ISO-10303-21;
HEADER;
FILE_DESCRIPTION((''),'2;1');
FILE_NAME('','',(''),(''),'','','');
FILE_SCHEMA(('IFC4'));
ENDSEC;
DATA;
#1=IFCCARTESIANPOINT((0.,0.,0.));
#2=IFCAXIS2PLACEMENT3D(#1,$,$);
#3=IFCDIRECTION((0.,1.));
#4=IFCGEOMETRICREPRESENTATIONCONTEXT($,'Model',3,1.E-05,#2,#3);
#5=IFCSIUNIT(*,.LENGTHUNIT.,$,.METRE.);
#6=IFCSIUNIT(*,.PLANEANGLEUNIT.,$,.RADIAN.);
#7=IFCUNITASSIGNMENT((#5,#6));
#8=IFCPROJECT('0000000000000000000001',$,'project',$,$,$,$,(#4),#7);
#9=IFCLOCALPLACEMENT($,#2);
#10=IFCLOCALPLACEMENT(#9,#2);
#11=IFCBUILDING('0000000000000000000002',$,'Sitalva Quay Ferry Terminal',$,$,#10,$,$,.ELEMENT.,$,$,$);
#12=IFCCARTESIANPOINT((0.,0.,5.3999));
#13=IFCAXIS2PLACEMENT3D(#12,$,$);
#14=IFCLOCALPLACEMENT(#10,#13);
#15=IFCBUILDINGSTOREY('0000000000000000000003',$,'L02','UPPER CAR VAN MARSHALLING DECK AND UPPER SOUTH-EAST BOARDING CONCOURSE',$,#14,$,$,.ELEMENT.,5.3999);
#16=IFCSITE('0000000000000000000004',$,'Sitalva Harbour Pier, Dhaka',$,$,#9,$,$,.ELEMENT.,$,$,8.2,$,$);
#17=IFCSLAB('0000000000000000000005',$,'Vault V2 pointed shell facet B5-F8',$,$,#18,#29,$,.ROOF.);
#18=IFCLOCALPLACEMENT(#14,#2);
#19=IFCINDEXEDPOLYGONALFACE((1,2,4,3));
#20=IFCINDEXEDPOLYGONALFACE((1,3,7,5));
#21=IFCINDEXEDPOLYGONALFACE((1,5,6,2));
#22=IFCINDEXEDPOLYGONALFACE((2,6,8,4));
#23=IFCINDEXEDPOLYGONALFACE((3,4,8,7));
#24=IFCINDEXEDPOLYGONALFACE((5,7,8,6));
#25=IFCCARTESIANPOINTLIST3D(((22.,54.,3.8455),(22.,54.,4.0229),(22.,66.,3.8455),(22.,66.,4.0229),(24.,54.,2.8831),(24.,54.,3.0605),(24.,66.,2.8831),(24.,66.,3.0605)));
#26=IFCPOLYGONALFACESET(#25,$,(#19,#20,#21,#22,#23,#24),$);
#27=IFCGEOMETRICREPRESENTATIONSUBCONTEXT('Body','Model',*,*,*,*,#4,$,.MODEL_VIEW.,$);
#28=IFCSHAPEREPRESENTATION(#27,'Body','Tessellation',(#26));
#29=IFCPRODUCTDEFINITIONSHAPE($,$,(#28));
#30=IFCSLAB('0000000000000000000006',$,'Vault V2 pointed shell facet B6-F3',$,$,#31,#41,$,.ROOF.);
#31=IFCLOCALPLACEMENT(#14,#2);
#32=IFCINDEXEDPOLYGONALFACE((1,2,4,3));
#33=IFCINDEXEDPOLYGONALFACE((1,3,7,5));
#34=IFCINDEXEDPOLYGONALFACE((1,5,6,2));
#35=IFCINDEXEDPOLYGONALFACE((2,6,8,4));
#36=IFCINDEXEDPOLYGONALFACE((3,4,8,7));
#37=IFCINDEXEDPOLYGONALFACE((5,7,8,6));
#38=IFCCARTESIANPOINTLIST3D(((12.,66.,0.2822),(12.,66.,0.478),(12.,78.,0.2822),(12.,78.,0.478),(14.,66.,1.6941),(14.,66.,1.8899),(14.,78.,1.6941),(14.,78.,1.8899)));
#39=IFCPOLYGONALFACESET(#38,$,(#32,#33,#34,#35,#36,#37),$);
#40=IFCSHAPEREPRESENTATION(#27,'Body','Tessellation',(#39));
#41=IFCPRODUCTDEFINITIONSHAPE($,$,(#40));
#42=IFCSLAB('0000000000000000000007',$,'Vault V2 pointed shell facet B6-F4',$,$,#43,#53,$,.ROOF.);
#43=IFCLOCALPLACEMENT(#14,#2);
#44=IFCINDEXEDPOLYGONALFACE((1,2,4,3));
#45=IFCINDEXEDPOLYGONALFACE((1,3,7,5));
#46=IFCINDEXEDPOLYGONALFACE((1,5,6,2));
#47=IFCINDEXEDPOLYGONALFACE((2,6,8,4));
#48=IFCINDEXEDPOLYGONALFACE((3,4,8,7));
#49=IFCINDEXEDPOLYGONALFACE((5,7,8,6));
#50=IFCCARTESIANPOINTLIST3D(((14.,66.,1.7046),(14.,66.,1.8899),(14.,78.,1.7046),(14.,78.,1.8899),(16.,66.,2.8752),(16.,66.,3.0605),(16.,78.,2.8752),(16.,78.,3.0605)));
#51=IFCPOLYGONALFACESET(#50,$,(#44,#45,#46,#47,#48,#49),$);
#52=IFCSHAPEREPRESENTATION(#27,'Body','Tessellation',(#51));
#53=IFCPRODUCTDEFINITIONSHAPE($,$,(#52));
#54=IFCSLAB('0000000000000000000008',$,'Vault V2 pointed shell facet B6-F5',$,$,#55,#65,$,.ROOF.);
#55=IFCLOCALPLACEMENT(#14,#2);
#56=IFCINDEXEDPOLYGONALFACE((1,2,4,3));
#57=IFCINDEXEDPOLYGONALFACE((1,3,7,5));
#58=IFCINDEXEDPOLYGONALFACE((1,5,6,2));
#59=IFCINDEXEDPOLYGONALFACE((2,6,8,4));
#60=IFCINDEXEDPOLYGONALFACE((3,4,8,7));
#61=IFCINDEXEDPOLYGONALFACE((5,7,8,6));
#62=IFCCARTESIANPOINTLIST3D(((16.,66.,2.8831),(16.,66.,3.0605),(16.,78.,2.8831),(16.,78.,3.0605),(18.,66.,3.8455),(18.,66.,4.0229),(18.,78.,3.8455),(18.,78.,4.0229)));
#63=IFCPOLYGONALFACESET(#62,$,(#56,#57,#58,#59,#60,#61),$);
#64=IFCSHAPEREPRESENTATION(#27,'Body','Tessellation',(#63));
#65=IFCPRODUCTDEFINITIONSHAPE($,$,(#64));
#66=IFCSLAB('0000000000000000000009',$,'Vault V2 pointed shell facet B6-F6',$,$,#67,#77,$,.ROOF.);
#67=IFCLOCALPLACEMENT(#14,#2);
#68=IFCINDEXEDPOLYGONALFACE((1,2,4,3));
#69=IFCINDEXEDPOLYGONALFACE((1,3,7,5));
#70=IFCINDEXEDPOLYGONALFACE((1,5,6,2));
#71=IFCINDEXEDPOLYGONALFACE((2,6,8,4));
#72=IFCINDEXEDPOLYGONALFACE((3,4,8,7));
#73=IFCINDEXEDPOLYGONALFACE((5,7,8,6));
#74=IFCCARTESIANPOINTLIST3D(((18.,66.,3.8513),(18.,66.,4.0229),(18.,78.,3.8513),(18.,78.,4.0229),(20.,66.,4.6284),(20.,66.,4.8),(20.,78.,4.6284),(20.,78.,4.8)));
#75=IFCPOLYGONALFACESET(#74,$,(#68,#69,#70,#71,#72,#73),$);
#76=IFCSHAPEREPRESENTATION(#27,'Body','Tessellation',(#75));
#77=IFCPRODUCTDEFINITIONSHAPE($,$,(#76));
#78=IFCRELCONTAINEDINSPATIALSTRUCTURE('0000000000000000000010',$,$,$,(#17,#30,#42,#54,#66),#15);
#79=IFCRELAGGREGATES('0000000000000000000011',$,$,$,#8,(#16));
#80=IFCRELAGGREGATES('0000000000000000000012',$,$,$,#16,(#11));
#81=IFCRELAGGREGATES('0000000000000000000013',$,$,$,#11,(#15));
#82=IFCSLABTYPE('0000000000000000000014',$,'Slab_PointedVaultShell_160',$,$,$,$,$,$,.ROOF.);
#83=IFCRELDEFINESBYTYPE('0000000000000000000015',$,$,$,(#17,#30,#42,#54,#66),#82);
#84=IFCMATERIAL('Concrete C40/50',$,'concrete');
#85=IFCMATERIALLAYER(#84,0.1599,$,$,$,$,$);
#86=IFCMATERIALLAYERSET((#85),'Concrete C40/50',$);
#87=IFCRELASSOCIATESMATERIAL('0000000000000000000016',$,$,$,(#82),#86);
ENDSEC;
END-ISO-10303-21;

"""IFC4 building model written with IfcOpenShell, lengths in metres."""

from ifc_helpers import new_model, si_unit, direction, frame, origin, place, context, subcontext, project, spatial, polyline, outline, extrude, material, layer, layer_set, type_object, element, save


model = new_model("IFC4")

# Units and contexts
model_context = context("Model", 3, precision=1e-05, world=origin(), true_north=direction((0.0, 1.0)))
body_context = subcontext(model_context, "Body", "Model", "MODEL_VIEW")
ifc_project = project(units=[si_unit("LENGTHUNIT", "METRE"), si_unit("PLANEANGLEUNIT", "RADIAN")], contexts=[model_context])

# Site, building, storey
site_placement = place(None, origin())
site = spatial("IfcSite", under=ifc_project, at=site_placement, Name="Sitalva Harbour Pier, Dhaka", CompositionType="ELEMENT", RefElevation=8.2)
building_placement = place(site_placement, origin())
building = spatial("IfcBuilding", under=site, at=building_placement, Name="Sitalva Quay Ferry Terminal", CompositionType="ELEMENT")
storey_placement = place(building_placement, frame((0.0, 0.0, 5.3999)))
storey = spatial("IfcBuildingStorey", under=building, at=storey_placement, Name="L02", Description="UPPER CAR VAN MARSHALLING DECK AND UPPER SOUTH-EAST BOARDING CONCOURSE", CompositionType="ELEMENT", Elevation=5.3999)

# Slabs
ifc_material_1 = material(Name="Concrete C40/50", Category="concrete")
ifc_layer_1 = layer(ifc_material_1, 0.1599)
ifc_layer_set_1 = layer_set([ifc_layer_1], Name="Concrete C40/50")
slab_type = type_object("IfcSlabType", Name="Slab_PointedVaultShell_160", PredefinedType="ROOF", material=ifc_layer_set_1)
slab_1_placement = place(storey_placement, frame((22.0, 54.0, 4.0229), z_axis=(0.433611, 0.0, 0.9011), x_axis=(0.9011, 0.0, -0.433611)))
element("IfcSlab", 1, at=slab_1_placement, inside=storey, type_object=slab_type, Name="Vault V2 pointed shell facet B5-F8", PredefinedType="ROOF", context=body_context, shape_type="SweptSolid", body=[
    extrude(outline(polyline([(0.0, 0.0), (2.2195, 0.0), (2.2195, 12.0), (0.0, 12.0), (0.0, 0.0)])), origin(), (0.433611, 0.0, -0.9011), 0.1775),
])
slab_2_placement = place(storey_placement, frame((12.0, 66.0, 0.478), z_axis=(-0.576711, 0.0, 0.816949), x_axis=(0.816949, 0.0, 0.576711)))
element("IfcSlab", 2, at=slab_2_placement, inside=storey, type_object=slab_type, Name="Vault V2 pointed shell facet B6-F3", PredefinedType="ROOF", context=body_context, shape_type="SweptSolid", body=[
    extrude(outline(polyline([(0.0, 0.0), (2.4481, 0.0), (2.4481, 12.0), (0.0, 12.0), (0.0, 0.0)])), origin(), (-0.576711, 0.0, -0.816949), 0.1958),
])
slab_3_placement = place(storey_placement, frame((14.0, 66.0, 1.8899), z_axis=(-0.505154, 0.0, 0.863029), x_axis=(0.863029, 0.0, 0.505154)))
element("IfcSlab", 3, at=slab_3_placement, inside=storey, type_object=slab_type, Name="Vault V2 pointed shell facet B6-F4", PredefinedType="ROOF", context=body_context, shape_type="SweptSolid", body=[
    extrude(outline(polyline([(0.0, 0.0), (2.3174, 0.0), (2.3174, 12.0), (0.0, 12.0), (0.0, 0.0)])), origin(), (-0.505154, 0.0, -0.863029), 0.1853),
])
slab_4_placement = place(storey_placement, frame((16.0, 66.0, 3.0605), z_axis=(-0.433611, 0.0, 0.9011), x_axis=(0.9011, 0.0, 0.433611)))
element("IfcSlab", 4, at=slab_4_placement, inside=storey, type_object=slab_type, Name="Vault V2 pointed shell facet B6-F5", PredefinedType="ROOF", context=body_context, shape_type="SweptSolid", body=[
    extrude(outline(polyline([(0.0, 0.0), (2.2195, 0.0), (2.2195, 12.0), (0.0, 12.0), (0.0, 0.0)])), origin(), (-0.433611, 0.0, -0.9011), 0.1775),
])
slab_5_placement = place(storey_placement, frame((18.0, 66.0, 4.0229), z_axis=(-0.362172, 0.0, 0.932111), x_axis=(0.932111, 0.0, 0.362172)))
element("IfcSlab", 5, at=slab_5_placement, inside=storey, type_object=slab_type, Name="Vault V2 pointed shell facet B6-F6", PredefinedType="ROOF", context=body_context, shape_type="SweptSolid", body=[
    extrude(outline(polyline([(0.0, 0.0), (2.1457, 0.0), (2.1457, 12.0), (0.0, 12.0), (0.0, 0.0)])), origin(), (-0.362172, 0.0, -0.932111), 0.1716),
])

save(model, "model.ifc")
